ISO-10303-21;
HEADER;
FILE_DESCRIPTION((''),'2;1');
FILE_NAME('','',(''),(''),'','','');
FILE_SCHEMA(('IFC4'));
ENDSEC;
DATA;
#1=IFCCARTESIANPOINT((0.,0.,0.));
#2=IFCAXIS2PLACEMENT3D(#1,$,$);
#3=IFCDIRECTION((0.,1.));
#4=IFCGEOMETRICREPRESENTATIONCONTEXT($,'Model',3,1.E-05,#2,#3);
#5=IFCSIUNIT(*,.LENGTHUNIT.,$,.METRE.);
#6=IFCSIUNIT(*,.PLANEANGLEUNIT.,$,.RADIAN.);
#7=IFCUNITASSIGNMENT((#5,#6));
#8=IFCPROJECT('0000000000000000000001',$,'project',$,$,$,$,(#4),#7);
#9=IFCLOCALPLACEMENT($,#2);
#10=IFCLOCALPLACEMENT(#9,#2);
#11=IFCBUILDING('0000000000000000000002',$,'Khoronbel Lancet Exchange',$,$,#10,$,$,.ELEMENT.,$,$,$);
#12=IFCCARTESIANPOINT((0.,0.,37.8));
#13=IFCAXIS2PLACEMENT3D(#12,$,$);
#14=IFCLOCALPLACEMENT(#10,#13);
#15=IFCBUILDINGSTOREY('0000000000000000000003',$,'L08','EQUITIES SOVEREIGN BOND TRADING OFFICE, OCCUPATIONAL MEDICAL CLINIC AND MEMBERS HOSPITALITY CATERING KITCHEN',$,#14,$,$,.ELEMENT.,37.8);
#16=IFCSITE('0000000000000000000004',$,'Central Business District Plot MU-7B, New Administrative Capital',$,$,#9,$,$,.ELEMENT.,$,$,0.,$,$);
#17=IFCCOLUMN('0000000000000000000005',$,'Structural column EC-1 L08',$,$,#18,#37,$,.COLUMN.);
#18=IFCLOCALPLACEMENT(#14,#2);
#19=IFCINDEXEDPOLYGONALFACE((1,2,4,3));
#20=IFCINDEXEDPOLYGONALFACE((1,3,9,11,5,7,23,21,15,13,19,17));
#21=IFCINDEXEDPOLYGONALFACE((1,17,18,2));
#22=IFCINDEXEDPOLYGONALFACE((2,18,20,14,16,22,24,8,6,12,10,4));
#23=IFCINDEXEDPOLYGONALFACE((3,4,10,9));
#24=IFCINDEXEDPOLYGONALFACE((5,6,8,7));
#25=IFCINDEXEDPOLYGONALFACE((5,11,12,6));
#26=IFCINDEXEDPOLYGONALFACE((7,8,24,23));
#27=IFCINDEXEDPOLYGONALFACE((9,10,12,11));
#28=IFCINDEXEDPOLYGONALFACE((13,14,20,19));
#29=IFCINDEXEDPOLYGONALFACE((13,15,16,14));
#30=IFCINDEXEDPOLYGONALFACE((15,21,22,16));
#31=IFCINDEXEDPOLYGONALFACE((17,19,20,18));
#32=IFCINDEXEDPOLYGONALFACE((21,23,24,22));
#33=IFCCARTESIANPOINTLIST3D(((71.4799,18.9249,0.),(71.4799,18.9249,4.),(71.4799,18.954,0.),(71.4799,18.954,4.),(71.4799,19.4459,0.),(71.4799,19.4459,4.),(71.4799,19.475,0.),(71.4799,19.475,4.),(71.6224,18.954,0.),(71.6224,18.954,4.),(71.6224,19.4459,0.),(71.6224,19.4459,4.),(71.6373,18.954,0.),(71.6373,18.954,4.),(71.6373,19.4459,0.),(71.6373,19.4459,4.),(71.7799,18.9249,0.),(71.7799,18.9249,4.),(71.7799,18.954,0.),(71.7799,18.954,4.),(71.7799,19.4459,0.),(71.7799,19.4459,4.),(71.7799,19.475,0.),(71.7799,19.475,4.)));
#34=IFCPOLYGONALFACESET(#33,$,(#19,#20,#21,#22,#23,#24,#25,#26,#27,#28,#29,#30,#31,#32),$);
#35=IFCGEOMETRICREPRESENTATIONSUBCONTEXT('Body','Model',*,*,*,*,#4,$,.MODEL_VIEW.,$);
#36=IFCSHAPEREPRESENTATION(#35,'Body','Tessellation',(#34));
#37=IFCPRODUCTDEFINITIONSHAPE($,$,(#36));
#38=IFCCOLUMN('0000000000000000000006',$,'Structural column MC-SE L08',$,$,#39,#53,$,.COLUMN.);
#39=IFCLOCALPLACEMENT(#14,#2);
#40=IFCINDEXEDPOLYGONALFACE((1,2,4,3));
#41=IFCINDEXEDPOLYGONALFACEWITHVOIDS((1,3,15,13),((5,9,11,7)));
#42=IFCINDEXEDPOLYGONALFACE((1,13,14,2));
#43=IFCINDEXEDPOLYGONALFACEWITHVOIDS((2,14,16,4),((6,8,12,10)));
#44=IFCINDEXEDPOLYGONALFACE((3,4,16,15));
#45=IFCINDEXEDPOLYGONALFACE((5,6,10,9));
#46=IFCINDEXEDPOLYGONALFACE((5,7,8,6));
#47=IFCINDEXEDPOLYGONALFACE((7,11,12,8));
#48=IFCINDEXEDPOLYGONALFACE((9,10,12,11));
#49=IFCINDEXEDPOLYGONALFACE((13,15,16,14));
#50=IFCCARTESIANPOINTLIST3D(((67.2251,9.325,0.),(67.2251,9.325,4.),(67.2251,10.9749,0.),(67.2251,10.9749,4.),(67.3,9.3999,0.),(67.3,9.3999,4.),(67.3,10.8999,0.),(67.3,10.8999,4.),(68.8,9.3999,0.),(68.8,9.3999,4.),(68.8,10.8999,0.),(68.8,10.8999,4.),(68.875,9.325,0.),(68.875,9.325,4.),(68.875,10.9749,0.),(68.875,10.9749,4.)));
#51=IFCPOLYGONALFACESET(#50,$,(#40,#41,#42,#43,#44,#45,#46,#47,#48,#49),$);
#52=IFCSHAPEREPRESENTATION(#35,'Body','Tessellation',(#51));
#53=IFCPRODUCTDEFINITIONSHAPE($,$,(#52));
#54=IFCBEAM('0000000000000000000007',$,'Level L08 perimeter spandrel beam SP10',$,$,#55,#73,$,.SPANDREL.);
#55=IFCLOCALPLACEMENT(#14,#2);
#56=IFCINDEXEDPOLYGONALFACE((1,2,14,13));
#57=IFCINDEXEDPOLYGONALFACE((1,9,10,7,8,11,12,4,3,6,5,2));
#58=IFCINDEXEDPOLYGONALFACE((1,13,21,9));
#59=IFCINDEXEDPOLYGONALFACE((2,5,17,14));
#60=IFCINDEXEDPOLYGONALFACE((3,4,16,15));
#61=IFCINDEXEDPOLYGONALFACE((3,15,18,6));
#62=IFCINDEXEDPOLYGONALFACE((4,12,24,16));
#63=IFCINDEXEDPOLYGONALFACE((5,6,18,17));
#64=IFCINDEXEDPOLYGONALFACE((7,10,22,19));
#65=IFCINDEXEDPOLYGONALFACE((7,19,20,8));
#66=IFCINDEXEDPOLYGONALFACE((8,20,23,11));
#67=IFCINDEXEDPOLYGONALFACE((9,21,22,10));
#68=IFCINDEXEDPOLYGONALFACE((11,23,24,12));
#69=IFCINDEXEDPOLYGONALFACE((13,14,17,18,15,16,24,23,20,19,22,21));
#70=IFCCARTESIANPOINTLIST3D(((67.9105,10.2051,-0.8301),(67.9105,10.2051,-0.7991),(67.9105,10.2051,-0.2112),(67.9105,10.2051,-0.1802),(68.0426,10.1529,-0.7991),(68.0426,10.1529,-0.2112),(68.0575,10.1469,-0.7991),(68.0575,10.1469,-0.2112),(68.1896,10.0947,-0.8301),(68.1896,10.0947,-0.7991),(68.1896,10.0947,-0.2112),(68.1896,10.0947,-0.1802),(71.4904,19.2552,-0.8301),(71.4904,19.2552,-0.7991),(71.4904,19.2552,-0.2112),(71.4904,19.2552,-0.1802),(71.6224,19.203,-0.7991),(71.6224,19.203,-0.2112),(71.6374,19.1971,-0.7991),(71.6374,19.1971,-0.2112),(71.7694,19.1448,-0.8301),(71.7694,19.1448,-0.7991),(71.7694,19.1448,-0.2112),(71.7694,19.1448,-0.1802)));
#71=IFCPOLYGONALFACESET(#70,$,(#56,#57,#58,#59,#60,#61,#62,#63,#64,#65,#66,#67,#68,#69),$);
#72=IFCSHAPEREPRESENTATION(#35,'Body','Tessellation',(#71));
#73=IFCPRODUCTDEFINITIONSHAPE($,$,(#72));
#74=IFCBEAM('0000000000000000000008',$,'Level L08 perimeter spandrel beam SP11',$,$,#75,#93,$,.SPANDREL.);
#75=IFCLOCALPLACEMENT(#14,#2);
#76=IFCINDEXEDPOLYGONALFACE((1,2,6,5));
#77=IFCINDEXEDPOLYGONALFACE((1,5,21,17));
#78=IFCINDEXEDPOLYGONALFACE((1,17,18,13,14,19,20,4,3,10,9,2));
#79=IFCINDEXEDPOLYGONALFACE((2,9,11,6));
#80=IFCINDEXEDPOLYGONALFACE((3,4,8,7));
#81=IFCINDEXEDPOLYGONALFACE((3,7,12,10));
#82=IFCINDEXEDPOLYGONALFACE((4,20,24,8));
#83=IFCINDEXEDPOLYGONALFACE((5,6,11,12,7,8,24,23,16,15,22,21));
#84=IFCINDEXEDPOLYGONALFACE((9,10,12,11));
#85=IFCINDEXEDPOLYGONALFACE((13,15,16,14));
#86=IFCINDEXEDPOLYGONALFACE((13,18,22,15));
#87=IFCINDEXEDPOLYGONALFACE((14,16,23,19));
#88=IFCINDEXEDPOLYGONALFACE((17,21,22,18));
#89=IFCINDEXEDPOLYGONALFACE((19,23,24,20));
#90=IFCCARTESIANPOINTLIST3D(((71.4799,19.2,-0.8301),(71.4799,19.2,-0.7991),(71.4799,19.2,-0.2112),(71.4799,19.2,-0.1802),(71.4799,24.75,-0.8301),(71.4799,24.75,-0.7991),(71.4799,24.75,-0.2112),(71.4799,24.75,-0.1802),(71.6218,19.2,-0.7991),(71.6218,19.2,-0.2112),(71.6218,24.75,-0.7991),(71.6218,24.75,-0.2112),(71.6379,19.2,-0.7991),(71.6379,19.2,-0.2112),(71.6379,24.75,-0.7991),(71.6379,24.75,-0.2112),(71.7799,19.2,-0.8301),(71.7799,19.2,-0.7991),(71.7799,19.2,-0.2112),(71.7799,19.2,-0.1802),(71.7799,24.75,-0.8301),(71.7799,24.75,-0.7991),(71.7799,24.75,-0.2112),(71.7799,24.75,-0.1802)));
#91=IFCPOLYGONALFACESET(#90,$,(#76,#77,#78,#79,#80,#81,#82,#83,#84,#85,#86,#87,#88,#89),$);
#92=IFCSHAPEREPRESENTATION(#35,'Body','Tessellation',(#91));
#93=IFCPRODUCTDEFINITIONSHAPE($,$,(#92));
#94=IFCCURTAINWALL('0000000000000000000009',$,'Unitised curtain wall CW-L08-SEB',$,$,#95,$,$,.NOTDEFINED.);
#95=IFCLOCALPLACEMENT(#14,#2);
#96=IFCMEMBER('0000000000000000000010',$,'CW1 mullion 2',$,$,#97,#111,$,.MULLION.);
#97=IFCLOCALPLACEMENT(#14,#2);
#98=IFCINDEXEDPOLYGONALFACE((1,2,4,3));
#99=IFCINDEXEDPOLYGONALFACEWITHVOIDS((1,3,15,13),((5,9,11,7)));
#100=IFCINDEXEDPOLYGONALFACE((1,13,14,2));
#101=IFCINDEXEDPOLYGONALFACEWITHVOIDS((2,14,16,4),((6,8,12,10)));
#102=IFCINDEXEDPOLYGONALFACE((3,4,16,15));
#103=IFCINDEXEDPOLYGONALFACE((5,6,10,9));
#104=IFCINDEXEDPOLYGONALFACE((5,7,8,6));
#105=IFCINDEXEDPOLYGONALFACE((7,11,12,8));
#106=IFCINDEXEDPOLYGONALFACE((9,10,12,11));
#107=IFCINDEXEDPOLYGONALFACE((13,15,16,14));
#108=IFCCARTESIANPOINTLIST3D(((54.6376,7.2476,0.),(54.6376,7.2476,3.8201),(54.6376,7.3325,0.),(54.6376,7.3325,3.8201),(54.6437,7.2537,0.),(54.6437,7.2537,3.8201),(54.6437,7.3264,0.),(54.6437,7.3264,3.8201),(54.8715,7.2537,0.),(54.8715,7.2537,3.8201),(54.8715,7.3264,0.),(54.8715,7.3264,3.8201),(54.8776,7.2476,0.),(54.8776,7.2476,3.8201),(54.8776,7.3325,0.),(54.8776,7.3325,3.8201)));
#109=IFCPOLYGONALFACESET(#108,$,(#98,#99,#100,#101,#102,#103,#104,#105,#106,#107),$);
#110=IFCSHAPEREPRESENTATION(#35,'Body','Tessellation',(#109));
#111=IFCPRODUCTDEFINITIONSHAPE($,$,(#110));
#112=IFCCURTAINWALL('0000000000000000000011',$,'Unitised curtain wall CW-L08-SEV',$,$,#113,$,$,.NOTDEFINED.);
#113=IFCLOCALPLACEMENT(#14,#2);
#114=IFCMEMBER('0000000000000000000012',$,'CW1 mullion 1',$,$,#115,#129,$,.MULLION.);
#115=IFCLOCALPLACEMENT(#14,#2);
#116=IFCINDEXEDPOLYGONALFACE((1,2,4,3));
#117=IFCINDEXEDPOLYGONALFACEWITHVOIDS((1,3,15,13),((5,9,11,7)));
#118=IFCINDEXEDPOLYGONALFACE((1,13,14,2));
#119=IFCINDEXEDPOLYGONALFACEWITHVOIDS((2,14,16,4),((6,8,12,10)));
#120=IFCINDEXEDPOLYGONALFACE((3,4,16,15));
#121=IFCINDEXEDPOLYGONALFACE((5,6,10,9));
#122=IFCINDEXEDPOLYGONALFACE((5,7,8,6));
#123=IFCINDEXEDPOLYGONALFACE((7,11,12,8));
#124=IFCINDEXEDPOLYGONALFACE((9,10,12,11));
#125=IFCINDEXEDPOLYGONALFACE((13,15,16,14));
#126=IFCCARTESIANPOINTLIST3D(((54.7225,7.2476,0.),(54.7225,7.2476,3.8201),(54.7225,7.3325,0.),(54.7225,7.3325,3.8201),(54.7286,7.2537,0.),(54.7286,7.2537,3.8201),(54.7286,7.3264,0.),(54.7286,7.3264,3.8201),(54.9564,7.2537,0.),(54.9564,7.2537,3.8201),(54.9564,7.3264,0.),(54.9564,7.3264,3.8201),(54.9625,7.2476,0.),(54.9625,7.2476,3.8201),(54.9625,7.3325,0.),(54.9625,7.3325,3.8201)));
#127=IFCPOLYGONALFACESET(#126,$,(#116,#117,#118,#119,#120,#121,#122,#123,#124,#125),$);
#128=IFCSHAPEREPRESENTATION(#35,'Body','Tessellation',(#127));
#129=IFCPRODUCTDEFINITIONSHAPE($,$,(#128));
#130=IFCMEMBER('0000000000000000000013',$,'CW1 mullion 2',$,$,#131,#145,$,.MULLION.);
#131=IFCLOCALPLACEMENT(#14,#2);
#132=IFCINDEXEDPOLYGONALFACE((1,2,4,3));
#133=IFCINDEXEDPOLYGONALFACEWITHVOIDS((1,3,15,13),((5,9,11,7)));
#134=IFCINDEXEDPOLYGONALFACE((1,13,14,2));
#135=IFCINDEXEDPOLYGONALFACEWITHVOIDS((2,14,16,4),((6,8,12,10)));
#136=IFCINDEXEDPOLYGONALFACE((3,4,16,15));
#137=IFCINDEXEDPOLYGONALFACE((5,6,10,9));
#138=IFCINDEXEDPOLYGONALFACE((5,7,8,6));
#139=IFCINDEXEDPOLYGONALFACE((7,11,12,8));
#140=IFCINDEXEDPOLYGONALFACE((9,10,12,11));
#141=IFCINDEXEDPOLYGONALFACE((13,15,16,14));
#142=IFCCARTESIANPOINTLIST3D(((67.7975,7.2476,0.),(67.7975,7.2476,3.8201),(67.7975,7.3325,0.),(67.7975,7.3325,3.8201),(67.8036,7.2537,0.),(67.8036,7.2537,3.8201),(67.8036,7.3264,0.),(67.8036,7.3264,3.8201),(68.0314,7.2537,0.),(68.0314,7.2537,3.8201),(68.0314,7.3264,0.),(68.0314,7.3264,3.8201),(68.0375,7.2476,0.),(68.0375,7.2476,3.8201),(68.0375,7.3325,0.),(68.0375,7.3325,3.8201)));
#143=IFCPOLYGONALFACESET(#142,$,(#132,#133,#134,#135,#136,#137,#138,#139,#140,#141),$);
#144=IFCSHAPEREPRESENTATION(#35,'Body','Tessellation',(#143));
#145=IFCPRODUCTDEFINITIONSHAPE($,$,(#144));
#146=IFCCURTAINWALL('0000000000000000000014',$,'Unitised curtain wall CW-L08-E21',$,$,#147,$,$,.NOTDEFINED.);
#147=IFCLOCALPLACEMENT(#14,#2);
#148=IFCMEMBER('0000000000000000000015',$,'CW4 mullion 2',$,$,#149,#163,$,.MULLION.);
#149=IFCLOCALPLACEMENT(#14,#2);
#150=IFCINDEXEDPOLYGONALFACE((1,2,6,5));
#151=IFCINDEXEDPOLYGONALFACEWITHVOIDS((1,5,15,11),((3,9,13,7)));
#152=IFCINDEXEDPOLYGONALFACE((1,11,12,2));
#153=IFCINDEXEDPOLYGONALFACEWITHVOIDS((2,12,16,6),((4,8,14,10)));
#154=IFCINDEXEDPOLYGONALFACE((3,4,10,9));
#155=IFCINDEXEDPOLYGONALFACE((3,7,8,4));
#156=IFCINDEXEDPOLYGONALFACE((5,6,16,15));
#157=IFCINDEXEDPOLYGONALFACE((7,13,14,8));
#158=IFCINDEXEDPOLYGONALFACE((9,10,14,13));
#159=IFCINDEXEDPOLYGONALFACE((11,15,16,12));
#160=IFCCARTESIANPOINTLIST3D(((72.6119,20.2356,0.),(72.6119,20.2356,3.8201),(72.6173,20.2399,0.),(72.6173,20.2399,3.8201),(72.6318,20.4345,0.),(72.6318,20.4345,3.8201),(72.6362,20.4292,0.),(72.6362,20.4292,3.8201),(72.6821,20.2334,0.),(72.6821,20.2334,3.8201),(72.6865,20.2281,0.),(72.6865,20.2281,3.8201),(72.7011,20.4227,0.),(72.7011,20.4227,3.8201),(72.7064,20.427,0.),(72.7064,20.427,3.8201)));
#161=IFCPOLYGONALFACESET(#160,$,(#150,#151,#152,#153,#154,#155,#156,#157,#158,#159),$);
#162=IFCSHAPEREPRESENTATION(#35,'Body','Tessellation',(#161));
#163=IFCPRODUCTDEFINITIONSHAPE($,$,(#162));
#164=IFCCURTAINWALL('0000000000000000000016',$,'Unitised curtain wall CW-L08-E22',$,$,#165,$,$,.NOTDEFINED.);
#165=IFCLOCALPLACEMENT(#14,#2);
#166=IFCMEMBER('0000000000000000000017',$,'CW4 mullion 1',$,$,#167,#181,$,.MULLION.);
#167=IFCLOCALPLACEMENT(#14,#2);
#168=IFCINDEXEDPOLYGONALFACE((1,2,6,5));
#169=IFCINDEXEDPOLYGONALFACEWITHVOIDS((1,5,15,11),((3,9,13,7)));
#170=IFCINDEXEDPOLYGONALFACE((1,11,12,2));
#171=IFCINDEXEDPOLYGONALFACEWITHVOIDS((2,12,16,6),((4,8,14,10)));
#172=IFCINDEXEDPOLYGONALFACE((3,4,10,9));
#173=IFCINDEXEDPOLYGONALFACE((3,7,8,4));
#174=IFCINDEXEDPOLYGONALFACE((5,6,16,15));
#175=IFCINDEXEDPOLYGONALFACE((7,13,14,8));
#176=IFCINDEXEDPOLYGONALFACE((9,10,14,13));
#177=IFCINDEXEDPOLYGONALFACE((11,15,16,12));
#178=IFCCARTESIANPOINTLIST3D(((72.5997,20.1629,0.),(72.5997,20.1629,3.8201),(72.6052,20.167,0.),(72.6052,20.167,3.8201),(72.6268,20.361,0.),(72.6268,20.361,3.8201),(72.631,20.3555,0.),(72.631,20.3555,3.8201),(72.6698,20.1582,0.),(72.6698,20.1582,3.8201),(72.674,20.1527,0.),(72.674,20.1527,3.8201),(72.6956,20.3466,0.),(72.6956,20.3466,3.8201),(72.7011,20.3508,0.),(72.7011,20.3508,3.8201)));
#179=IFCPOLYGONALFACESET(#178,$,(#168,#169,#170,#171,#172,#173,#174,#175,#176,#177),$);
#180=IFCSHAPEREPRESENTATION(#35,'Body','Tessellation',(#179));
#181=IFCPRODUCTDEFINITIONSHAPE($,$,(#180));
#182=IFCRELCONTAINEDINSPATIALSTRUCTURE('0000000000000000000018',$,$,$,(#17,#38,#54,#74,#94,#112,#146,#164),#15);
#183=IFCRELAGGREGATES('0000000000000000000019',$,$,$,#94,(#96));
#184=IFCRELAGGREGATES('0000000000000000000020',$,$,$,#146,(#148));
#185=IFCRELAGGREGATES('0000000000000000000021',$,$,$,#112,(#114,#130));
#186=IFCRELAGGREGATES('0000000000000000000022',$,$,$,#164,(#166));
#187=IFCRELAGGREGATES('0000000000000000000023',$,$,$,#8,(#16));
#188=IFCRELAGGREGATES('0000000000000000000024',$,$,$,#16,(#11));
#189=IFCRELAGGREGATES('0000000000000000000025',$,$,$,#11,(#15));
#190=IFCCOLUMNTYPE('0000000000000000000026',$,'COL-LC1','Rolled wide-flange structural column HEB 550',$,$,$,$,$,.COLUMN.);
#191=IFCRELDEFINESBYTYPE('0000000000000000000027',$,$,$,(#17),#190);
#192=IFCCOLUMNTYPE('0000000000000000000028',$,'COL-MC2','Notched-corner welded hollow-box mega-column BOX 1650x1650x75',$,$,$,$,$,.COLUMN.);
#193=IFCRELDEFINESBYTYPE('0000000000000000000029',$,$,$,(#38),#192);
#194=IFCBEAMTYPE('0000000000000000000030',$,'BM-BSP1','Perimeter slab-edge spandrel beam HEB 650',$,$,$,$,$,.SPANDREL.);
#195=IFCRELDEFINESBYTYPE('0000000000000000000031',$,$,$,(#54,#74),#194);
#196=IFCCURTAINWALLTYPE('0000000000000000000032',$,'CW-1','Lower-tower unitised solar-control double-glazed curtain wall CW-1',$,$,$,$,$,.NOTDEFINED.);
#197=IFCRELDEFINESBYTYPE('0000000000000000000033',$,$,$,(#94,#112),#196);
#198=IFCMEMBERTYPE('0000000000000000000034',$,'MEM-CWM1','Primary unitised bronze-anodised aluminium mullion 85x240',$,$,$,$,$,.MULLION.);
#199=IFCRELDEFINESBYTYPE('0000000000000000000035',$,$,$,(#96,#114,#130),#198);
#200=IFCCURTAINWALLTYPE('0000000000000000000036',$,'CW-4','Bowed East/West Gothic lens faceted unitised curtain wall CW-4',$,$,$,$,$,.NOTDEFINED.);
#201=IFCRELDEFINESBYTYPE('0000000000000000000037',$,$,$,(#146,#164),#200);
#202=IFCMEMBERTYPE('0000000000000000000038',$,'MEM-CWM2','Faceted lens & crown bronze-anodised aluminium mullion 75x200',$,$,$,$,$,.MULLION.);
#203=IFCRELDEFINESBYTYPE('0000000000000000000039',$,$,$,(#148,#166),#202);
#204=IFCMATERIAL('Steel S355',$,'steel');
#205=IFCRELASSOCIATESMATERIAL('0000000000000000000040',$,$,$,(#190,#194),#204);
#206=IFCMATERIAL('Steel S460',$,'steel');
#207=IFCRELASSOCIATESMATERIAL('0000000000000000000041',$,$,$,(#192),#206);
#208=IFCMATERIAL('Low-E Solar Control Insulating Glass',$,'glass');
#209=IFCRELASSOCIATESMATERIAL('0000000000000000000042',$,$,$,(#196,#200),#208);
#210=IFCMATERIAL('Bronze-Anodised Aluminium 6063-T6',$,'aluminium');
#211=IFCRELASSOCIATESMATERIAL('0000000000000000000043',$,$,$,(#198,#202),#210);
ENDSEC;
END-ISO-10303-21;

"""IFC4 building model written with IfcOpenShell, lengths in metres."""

from ifc_helpers import new_model, si_unit, direction, frame, origin, origin_2d, place, context, subcontext, project, spatial, hollow_rectangle, i_section, extrude, material, material_profile, profile_set, type_object, element, aggregate, save


model = new_model("IFC4")

# Units and contexts
model_context = context("Model", 3, precision=1e-05, world=origin(), true_north=direction((0.0, 1.0)))
body_context = subcontext(model_context, "Body", "Model", "MODEL_VIEW")
ifc_project = project(units=[si_unit("LENGTHUNIT", "METRE"), si_unit("PLANEANGLEUNIT", "RADIAN")], contexts=[model_context])

# Site, building, storey
site_placement = place(None, origin())
site = spatial("IfcSite", under=ifc_project, at=site_placement, Name="Central Business District Plot MU-7B, New Administrative Capital", CompositionType="ELEMENT", RefElevation=0.0)
building_placement = place(site_placement, origin())
building = spatial("IfcBuilding", under=site, at=building_placement, Name="Khoronbel Lancet Exchange", CompositionType="ELEMENT")
storey_placement = place(building_placement, frame((0.0, 0.0, 37.8)))
storey = spatial("IfcBuildingStorey", under=building, at=storey_placement, Name="L08", Description="EQUITIES SOVEREIGN BOND TRADING OFFICE, OCCUPATIONAL MEDICAL CLINIC AND MEMBERS HOSPITALITY CATERING KITCHEN", CompositionType="ELEMENT", Elevation=37.8)

# Columns
ifc_material_1 = material(Name="Steel S355", Category="steel")
ifc_material_profile_1 = material_profile(ifc_material_1, i_section(OverallWidth=0.3, OverallDepth=0.55, WebThickness=0.0149, FlangeThickness=0.0291, at=origin_2d()), Name="HEB 550")
ifc_profile_set_1 = profile_set([ifc_material_profile_1], Name="Steel S355")
column_type_1 = type_object("IfcColumnType", Name="COL-LC1", Description="Rolled wide-flange structural column HEB 550", PredefinedType="COLUMN", material=ifc_profile_set_1)
column_1_placement = place(storey_placement, frame((71.6299, 19.2, 0.0), z_axis=(0.0, 0.0, 1.0), x_axis=(1.0, 0.0, 0.0)))
element("IfcColumn", 1, at=column_1_placement, inside=storey, type_object=column_type_1, Name="Structural column EC-1 L08", PredefinedType="COLUMN", context=body_context, shape_type="SweptSolid", body=[
    extrude(i_section(OverallWidth=0.3, OverallDepth=0.55, WebThickness=0.0149, FlangeThickness=0.0291, at=origin_2d()), origin(), (0.0, 0.0, 1.0), 4.0),
])
ifc_material_2 = material(Name="Steel S460", Category="steel")
ifc_material_profile_2 = material_profile(ifc_material_2, hollow_rectangle(XDim=1.6499, YDim=1.6499, WallThickness=0.075, at=origin_2d()), Name="BOX 1650x1650x75")
ifc_profile_set_2 = profile_set([ifc_material_profile_2], Name="Steel S460")
column_type_2 = type_object("IfcColumnType", Name="COL-MC2", Description="Notched-corner welded hollow-box mega-column BOX 1650x1650x75", PredefinedType="COLUMN", material=ifc_profile_set_2)
column_2_placement = place(storey_placement, frame((68.05, 10.1499, 0.0), z_axis=(0.0, 0.0, 1.0), x_axis=(1.0, 0.0, 0.0)))
element("IfcColumn", 2, at=column_2_placement, inside=storey, type_object=column_type_2, Name="Structural column MC-SE L08", PredefinedType="COLUMN", context=body_context, shape_type="SweptSolid", body=[
    extrude(hollow_rectangle(XDim=1.6499, YDim=1.6499, WallThickness=0.075, at=origin_2d()), origin(), (0.0, 0.0, 1.0), 4.0),
])

# Beams
ifc_material_profile_3 = material_profile(ifc_material_1, i_section(OverallWidth=0.3, OverallDepth=0.6499, WebThickness=0.0161, FlangeThickness=0.031, at=origin_2d()), Name="HEB 650")
ifc_profile_set_3 = profile_set([ifc_material_profile_3], Name="Steel S355")
beam_type = type_object("IfcBeamType", Name="BM-BSP1", Description="Perimeter slab-edge spandrel beam HEB 650", PredefinedType="SPANDREL", material=ifc_profile_set_3)
beam_1_placement = place(storey_placement, frame((68.05, 10.1499, -0.5051), z_axis=(0.367828, 0.929894, 0.0), x_axis=(-0.929894, 0.367828, 0.0)))
element("IfcBeam", 3, at=beam_1_placement, inside=storey, type_object=beam_type, Name="Level L08 perimeter spandrel beam SP10", PredefinedType="SPANDREL", context=body_context, shape_type="SweptSolid", body=[
    extrude(i_section(OverallWidth=0.3, OverallDepth=0.6499, WebThickness=0.0161, FlangeThickness=0.031, at=origin_2d()), origin(), (0.0, 0.0, 1.0), 9.7324),
])
beam_2_placement = place(storey_placement, frame((71.6299, 19.2, -0.5051), z_axis=(0.0, 1.0, 0.0), x_axis=(-1.0, 0.0, 0.0)))
element("IfcBeam", 4, at=beam_2_placement, inside=storey, type_object=beam_type, Name="Level L08 perimeter spandrel beam SP11", PredefinedType="SPANDREL", context=body_context, shape_type="SweptSolid", body=[
    extrude(i_section(OverallWidth=0.3, OverallDepth=0.6499, WebThickness=0.0161, FlangeThickness=0.031, at=origin_2d()), origin(), (0.0, 0.0, 1.0), 5.55),
])

# Curtain wall, member
ifc_material_3 = material(Name="Low-E Solar Control Insulating Glass", Category="glass")
curtain_wall_type_1 = type_object("IfcCurtainWallType", Name="CW-1", Description="Lower-tower unitised solar-control double-glazed curtain wall CW-1", PredefinedType="NOTDEFINED", material=ifc_material_3)
curtain_wall_1_placement = place(storey_placement, origin())
curtain_wall_1 = element("IfcCurtainWall", 5, at=curtain_wall_1_placement, inside=storey, type_object=curtain_wall_type_1, Name="Unitised curtain wall CW-L08-SEB", PredefinedType="NOTDEFINED")
ifc_material_4 = material(Name="Bronze-Anodised Aluminium 6063-T6", Category="aluminium")
ifc_material_profile_4 = material_profile(ifc_material_4, hollow_rectangle(XDim=0.085, YDim=0.24, WallThickness=0.0061, at=origin_2d()), Name="ALU MULLION 85x240")
ifc_profile_set_4 = profile_set([ifc_material_profile_4], Name="Bronze-Anodised Aluminium 6063-T6")
member_type_1 = type_object("IfcMemberType", Name="MEM-CWM1", Description="Primary unitised bronze-anodised aluminium mullion 85x240", PredefinedType="MULLION", material=ifc_profile_set_4)
member_1_placement = place(storey_placement, frame((54.7576, 7.29, 0.0), z_axis=(0.0, 0.0, 1.0), x_axis=(0.0, 1.0, 0.0)))
member_1 = element("IfcMember", 6, at=member_1_placement, type_object=member_type_1, Name="CW1 mullion 2", PredefinedType="MULLION", context=body_context, shape_type="SweptSolid", body=[
    extrude(hollow_rectangle(XDim=0.085, YDim=0.24, WallThickness=0.0061, at=origin_2d()), origin(), (0.0, 0.0, 1.0), 3.8201),
])
aggregate(curtain_wall_1, [member_1])

# Curtain wall, members
curtain_wall_2_placement = place(storey_placement, origin())
curtain_wall_2 = element("IfcCurtainWall", 7, at=curtain_wall_2_placement, inside=storey, type_object=curtain_wall_type_1, Name="Unitised curtain wall CW-L08-SEV", PredefinedType="NOTDEFINED")
member_2_placement = place(storey_placement, frame((54.8425, 7.29, 0.0), z_axis=(0.0, 0.0, 1.0), x_axis=(0.0, 1.0, 0.0)))
member_2 = element("IfcMember", 8, at=member_2_placement, type_object=member_type_1, Name="CW1 mullion 1", PredefinedType="MULLION", context=body_context, shape_type="SweptSolid", body=[
    extrude(hollow_rectangle(XDim=0.085, YDim=0.24, WallThickness=0.0061, at=origin_2d()), origin(), (0.0, 0.0, 1.0), 3.8201),
])
member_3_placement = place(storey_placement, frame((67.9175, 7.29, 0.0), z_axis=(0.0, 0.0, 1.0), x_axis=(0.0, 1.0, 0.0)))
member_3 = element("IfcMember", 9, at=member_3_placement, type_object=member_type_1, Name="CW1 mullion 2", PredefinedType="MULLION", context=body_context, shape_type="SweptSolid", body=[
    extrude(hollow_rectangle(XDim=0.085, YDim=0.24, WallThickness=0.0061, at=origin_2d()), origin(), (0.0, 0.0, 1.0), 3.8201),
])

# Curtain wall, member
curtain_wall_type_2 = type_object("IfcCurtainWallType", Name="CW-4", Description="Bowed East/West Gothic lens faceted unitised curtain wall CW-4", PredefinedType="NOTDEFINED", material=ifc_material_3)
curtain_wall_3_placement = place(storey_placement, origin())
curtain_wall_3 = element("IfcCurtainWall", 10, at=curtain_wall_3_placement, inside=storey, type_object=curtain_wall_type_2, Name="Unitised curtain wall CW-L08-E21", PredefinedType="NOTDEFINED")
ifc_material_profile_5 = material_profile(ifc_material_4, hollow_rectangle(XDim=0.075, YDim=0.2, WallThickness=0.0049, at=origin_2d()), Name="ALU MULLION 75x200")
ifc_profile_set_5 = profile_set([ifc_material_profile_5], Name="Bronze-Anodised Aluminium 6063-T6")
member_type_2 = type_object("IfcMemberType", Name="MEM-CWM2", Description="Faceted lens & crown bronze-anodised aluminium mullion 75x200", PredefinedType="MULLION", material=ifc_profile_set_5)
member_4_placement = place(storey_placement, frame((72.6592, 20.3313, 0.0), z_axis=(0.0, 0.0, 1.0), x_axis=(0.995027, -0.099603, 0.0)))
member_4 = element("IfcMember", 11, at=member_4_placement, type_object=member_type_2, Name="CW4 mullion 2", PredefinedType="MULLION", context=body_context, shape_type="SweptSolid", body=[
    extrude(hollow_rectangle(XDim=0.075, YDim=0.2, WallThickness=0.0049, at=origin_2d()), origin(), (0.0, 0.0, 1.0), 3.8201),
])

# Curtain wall, member
curtain_wall_4_placement = place(storey_placement, origin())
curtain_wall_4 = element("IfcCurtainWall", 12, at=curtain_wall_4_placement, inside=storey, type_object=curtain_wall_type_2, Name="Unitised curtain wall CW-L08-E22", PredefinedType="NOTDEFINED")
member_5_placement = place(storey_placement, frame((72.6504, 20.2568, 0.0), z_axis=(0.0, 0.0, 1.0), x_axis=(0.990786, -0.13544, 0.0)))
member_5 = element("IfcMember", 13, at=member_5_placement, type_object=member_type_2, Name="CW4 mullion 1", PredefinedType="MULLION", context=body_context, shape_type="SweptSolid", body=[
    extrude(hollow_rectangle(XDim=0.075, YDim=0.2, WallThickness=0.0049, at=origin_2d()), origin(), (0.0, 0.0, 1.0), 3.8201),
])

aggregate(curtain_wall_3, [member_4])
aggregate(curtain_wall_2, [member_2, member_3])
aggregate(curtain_wall_4, [member_5])

save(model, "model.ifc")
